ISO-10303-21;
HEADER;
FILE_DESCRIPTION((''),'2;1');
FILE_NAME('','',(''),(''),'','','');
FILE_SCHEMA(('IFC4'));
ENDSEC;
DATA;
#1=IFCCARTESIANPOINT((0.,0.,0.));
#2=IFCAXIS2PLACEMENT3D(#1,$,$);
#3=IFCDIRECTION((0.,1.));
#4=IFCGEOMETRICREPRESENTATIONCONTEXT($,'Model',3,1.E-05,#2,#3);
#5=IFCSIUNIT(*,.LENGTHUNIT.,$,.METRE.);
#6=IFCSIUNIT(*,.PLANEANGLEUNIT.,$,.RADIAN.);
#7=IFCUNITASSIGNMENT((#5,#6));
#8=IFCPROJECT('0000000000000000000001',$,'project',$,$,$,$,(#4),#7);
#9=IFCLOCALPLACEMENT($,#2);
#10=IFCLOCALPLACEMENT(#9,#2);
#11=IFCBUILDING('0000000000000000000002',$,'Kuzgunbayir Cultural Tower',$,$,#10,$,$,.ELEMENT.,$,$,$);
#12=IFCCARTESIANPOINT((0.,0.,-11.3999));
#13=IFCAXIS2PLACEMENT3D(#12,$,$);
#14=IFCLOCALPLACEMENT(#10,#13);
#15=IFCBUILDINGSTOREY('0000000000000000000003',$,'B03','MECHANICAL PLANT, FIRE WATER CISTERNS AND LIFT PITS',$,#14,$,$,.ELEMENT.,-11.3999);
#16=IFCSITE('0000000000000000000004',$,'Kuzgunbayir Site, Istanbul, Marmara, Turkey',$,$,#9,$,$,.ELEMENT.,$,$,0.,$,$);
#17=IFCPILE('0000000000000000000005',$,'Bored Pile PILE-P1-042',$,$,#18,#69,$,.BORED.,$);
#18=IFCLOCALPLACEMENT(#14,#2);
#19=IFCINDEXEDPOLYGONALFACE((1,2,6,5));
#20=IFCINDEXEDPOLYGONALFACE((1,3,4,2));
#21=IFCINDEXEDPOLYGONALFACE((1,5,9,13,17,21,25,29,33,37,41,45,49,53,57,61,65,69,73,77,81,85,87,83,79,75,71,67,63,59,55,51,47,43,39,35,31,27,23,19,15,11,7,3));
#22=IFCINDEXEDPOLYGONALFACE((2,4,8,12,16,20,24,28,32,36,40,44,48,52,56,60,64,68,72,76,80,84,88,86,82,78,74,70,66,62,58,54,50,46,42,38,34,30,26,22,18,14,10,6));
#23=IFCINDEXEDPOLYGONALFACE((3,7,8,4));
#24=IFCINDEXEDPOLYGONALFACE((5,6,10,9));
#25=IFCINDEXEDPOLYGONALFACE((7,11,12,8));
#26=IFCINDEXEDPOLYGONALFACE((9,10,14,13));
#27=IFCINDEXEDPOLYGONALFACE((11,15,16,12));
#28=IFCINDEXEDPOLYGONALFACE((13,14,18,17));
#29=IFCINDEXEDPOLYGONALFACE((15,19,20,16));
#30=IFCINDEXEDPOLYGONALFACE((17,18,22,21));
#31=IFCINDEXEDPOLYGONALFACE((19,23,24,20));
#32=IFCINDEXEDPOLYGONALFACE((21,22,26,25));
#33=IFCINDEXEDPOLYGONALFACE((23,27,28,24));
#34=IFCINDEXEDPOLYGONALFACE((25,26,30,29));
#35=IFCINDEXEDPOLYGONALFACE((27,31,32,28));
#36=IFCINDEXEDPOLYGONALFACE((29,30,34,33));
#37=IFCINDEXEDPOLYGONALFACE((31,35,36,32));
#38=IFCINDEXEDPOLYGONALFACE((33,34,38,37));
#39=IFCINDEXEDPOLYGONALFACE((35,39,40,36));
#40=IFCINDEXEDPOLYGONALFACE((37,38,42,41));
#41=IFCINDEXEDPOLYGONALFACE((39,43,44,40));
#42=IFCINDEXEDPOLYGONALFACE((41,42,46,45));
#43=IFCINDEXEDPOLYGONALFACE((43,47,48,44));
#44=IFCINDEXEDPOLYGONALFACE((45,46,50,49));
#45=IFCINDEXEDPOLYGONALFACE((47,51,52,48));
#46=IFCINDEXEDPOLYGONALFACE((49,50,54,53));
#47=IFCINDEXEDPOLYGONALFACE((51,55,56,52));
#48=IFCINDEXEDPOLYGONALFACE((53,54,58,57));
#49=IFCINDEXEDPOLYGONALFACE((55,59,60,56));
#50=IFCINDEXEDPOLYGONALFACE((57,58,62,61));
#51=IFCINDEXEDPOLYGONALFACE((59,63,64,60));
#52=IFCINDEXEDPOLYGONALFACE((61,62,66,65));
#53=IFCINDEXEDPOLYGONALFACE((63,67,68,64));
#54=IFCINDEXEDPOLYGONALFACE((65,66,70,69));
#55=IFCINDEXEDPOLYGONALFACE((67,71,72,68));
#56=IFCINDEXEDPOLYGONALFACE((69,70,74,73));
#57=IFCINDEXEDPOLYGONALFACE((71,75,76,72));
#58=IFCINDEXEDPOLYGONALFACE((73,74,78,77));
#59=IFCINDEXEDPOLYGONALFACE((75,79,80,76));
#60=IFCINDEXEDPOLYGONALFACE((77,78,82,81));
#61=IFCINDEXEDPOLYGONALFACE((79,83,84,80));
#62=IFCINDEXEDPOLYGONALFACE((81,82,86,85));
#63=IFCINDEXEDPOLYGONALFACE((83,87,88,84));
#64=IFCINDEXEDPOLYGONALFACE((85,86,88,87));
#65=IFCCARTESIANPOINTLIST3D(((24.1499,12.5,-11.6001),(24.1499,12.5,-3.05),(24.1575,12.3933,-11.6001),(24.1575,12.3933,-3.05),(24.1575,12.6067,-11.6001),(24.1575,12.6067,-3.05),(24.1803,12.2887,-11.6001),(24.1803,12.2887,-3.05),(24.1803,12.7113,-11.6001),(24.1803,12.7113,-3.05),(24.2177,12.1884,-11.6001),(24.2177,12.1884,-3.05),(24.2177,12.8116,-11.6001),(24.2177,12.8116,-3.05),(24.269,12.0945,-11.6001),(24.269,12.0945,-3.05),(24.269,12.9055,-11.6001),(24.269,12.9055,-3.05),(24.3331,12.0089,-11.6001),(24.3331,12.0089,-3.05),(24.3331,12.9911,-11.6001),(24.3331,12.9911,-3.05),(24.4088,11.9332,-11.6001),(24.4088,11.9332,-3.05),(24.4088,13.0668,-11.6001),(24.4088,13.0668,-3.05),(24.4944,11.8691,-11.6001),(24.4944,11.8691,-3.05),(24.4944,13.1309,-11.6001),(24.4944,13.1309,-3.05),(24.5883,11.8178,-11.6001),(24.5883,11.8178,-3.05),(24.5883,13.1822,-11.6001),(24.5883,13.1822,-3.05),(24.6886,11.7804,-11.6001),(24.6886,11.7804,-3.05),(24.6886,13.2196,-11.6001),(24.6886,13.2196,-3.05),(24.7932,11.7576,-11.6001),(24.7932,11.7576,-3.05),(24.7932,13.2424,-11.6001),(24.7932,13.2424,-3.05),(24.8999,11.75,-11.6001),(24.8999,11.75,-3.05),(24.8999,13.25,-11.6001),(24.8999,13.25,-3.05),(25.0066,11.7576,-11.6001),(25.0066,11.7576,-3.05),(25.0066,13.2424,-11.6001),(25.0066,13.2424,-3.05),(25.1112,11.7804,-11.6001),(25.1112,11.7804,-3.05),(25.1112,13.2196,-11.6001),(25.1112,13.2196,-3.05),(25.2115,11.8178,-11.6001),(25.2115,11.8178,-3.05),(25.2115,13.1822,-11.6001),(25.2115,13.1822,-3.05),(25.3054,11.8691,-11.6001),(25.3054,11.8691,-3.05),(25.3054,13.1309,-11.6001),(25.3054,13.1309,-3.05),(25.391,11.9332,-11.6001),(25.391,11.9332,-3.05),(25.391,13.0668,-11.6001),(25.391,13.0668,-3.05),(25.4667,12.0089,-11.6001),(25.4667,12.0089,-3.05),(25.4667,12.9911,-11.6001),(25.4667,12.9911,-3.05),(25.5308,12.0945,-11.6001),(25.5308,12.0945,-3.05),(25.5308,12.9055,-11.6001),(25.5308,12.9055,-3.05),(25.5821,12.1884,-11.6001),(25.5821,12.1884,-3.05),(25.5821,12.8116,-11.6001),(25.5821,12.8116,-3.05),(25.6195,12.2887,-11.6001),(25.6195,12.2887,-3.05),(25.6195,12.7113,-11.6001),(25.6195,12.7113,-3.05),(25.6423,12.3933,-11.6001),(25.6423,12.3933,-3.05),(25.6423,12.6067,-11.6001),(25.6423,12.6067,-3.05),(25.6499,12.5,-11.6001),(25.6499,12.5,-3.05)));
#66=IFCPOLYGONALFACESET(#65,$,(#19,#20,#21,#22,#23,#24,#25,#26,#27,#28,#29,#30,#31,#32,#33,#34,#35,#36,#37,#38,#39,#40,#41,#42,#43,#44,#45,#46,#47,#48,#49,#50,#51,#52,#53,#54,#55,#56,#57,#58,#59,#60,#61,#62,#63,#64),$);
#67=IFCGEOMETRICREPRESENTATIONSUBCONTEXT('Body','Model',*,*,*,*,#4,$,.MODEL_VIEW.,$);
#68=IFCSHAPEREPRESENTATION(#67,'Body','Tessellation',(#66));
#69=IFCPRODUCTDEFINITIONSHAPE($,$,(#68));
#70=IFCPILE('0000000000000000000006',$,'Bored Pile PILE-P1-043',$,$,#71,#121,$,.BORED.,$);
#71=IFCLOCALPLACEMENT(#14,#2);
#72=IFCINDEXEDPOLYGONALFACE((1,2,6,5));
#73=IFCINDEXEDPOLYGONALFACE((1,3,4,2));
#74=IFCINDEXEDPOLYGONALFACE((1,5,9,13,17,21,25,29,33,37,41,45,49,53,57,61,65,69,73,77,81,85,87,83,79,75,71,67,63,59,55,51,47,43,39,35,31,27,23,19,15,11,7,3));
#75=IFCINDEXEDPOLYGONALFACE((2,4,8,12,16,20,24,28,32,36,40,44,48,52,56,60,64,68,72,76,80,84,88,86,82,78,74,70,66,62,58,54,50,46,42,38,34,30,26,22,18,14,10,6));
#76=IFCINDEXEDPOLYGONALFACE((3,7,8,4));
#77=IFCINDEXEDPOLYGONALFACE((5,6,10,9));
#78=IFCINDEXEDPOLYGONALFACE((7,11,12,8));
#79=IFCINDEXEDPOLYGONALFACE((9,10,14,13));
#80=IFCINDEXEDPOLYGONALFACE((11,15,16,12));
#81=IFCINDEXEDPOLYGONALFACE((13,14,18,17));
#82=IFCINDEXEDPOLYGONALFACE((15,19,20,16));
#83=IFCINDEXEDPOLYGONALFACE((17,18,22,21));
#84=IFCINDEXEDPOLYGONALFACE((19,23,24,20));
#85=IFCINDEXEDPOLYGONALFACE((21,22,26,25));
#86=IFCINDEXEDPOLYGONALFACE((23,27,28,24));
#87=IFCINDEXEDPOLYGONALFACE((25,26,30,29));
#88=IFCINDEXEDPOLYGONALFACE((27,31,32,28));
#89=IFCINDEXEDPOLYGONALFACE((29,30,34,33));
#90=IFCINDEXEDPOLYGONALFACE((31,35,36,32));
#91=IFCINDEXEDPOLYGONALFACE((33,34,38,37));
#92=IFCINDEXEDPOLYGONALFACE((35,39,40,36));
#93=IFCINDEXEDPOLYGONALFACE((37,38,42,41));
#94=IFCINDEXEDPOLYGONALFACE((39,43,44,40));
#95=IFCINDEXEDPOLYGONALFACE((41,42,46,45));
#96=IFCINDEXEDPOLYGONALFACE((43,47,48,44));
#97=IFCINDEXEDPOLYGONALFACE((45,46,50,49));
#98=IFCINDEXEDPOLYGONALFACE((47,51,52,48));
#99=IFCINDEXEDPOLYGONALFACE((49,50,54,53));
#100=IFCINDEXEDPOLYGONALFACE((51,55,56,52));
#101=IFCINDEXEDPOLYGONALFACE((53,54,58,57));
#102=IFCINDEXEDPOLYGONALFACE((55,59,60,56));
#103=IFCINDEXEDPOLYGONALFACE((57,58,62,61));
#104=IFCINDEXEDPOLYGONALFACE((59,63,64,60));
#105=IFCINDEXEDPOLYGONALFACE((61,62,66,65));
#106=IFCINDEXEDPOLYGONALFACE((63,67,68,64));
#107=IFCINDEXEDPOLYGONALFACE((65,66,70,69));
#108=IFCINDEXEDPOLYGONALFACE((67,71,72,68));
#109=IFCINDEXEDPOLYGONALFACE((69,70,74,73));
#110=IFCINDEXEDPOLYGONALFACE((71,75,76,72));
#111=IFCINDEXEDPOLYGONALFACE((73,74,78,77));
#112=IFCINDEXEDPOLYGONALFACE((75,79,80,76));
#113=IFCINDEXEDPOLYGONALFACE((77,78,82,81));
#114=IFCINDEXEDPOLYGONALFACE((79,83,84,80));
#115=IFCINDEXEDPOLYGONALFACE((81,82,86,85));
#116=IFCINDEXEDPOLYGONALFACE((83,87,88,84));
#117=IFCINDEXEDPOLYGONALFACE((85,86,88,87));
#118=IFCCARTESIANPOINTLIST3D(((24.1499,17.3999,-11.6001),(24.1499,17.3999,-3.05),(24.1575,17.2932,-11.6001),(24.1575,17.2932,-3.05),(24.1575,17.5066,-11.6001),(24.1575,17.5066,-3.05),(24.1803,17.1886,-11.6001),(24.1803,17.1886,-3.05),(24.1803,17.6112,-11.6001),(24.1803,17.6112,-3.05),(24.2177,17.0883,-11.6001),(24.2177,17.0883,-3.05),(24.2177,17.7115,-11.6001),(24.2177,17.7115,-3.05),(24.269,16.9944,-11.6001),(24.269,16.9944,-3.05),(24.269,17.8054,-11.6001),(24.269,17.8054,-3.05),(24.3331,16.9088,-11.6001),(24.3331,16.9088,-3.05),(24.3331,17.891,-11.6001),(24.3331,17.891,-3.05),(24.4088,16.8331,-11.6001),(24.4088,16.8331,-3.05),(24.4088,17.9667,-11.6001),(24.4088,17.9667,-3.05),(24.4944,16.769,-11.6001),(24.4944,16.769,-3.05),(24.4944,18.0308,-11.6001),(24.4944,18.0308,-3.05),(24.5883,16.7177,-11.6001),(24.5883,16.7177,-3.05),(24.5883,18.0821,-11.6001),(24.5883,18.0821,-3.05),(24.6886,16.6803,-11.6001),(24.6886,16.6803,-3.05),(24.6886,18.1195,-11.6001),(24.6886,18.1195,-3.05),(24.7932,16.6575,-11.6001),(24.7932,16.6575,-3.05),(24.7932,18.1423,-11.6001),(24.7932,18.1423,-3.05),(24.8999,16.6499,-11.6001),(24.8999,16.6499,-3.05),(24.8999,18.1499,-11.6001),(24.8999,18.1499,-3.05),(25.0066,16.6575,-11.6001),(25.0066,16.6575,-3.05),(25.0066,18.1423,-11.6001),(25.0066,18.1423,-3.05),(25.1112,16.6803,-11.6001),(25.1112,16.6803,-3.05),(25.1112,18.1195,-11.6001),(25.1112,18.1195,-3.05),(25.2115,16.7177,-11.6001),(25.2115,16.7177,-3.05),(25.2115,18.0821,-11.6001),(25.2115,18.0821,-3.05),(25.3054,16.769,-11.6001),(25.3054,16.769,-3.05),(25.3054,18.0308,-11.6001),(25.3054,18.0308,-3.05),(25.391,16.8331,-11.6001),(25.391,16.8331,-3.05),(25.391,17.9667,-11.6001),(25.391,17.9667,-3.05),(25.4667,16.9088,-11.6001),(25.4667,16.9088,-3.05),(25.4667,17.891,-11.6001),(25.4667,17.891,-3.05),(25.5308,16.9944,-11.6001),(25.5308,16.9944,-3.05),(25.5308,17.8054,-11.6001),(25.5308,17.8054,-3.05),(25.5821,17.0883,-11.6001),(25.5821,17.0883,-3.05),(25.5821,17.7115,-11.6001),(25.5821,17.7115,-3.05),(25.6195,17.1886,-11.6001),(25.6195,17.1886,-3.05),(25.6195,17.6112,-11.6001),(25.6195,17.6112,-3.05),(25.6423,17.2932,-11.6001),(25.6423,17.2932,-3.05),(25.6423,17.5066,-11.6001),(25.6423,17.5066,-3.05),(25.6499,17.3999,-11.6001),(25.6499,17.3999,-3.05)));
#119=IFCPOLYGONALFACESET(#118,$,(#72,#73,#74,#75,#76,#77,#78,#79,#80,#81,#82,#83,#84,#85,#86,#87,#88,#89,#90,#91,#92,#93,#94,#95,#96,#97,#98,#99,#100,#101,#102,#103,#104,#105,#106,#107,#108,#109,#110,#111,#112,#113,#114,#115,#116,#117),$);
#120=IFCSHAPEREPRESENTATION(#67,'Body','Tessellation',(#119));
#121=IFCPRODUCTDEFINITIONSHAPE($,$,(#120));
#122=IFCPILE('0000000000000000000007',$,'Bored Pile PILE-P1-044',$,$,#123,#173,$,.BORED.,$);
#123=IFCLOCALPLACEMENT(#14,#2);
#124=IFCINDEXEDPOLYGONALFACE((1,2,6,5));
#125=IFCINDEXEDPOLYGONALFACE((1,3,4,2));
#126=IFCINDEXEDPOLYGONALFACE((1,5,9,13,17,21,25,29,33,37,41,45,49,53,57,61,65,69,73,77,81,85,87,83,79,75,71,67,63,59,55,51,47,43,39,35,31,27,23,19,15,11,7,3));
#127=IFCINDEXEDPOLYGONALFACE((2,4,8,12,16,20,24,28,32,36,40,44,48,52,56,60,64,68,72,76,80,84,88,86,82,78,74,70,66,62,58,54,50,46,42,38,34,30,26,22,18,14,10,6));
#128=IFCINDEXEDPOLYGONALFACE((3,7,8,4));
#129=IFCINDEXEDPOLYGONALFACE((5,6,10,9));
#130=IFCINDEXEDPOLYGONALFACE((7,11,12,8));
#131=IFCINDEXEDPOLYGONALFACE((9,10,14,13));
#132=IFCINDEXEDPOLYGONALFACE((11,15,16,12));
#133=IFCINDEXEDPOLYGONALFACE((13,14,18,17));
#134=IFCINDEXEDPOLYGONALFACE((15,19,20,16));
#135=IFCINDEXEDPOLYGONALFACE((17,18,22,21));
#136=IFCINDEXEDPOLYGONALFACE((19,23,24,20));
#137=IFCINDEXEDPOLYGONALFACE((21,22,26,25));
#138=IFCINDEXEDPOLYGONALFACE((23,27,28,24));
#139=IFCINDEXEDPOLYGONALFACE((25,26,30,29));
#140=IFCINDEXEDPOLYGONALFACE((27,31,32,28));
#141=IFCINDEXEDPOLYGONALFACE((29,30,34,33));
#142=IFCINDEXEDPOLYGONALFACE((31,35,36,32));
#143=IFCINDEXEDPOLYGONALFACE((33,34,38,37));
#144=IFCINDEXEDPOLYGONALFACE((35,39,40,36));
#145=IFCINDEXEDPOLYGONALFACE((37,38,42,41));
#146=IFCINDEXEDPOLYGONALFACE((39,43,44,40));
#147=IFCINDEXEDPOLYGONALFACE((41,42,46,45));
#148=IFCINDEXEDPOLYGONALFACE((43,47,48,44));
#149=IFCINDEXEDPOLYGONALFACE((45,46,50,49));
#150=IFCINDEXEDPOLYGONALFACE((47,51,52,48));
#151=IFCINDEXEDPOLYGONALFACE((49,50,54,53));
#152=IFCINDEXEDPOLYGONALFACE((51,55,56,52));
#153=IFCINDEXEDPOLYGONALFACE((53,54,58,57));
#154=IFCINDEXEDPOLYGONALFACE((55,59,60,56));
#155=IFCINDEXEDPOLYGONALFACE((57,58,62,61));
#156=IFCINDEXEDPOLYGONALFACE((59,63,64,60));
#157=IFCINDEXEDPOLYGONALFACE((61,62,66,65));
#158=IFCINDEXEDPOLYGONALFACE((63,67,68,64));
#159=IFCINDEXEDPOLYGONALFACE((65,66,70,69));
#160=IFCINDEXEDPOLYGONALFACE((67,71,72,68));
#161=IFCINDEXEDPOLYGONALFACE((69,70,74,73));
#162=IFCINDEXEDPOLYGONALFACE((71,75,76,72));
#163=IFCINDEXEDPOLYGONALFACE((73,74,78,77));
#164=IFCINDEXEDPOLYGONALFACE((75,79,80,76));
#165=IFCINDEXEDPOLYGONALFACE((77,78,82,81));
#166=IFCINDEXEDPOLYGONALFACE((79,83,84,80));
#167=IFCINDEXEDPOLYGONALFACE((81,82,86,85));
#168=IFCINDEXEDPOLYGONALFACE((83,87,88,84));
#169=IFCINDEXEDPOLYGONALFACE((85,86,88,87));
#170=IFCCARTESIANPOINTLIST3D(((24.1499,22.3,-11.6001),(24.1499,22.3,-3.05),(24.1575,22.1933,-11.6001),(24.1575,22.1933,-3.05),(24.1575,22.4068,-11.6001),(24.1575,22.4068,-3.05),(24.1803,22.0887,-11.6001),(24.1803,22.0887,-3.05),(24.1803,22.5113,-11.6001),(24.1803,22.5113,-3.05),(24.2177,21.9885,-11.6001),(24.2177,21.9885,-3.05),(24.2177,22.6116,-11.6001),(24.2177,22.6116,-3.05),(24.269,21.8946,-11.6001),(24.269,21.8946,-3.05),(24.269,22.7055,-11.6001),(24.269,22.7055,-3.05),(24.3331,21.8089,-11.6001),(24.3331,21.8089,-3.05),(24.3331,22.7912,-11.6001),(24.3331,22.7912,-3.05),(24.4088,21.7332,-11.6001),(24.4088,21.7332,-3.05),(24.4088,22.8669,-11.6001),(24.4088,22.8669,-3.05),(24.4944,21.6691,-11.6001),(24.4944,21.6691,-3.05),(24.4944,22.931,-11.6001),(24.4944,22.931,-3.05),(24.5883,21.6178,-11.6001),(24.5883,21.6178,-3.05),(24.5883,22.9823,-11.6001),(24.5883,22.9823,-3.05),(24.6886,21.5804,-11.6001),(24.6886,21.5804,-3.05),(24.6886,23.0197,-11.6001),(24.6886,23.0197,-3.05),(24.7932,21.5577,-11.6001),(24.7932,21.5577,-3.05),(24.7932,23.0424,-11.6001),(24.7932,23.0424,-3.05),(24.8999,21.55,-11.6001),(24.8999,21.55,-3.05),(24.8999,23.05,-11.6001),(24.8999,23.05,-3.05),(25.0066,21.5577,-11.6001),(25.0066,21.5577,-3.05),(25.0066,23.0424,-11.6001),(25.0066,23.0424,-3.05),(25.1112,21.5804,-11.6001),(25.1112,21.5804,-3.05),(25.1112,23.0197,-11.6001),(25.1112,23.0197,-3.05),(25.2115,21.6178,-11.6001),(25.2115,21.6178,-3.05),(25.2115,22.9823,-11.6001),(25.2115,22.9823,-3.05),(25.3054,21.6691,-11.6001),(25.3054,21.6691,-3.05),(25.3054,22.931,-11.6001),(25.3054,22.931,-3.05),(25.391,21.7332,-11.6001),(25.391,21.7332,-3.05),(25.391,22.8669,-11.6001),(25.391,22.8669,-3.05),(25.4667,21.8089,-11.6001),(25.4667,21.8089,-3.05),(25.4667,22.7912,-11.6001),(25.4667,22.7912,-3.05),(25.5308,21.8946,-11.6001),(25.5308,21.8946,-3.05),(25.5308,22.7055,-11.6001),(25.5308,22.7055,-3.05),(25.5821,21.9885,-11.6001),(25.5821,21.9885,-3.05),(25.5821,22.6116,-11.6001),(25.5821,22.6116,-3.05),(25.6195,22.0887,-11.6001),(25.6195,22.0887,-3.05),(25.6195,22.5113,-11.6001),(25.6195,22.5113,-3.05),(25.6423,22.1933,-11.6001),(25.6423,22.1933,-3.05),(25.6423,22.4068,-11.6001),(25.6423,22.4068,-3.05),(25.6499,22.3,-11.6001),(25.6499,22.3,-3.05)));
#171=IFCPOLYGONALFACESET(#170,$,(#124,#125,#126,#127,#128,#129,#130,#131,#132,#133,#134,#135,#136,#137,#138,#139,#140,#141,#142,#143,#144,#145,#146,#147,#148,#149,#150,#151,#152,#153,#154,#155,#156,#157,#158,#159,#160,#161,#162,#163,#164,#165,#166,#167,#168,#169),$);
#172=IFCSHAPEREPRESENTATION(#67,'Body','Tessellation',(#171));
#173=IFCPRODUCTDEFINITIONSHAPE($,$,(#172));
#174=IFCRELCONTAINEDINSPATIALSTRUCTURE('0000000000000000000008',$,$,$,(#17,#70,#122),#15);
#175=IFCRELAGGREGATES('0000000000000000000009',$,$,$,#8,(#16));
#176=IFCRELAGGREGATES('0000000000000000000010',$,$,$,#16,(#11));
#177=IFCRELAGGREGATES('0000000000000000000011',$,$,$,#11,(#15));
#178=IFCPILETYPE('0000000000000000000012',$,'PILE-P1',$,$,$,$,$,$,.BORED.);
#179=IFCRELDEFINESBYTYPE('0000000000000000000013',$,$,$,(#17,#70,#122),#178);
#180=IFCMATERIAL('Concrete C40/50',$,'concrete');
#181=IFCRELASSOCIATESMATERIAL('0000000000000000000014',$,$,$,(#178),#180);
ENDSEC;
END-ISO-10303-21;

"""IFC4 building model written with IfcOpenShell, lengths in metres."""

from ifc_helpers import new_model, si_unit, direction, frame, origin, origin_2d, place, context, subcontext, project, spatial, circle, extrude, material, material_profile, profile_set, type_object, element, save


model = new_model("IFC4")

# Units and contexts
model_context = context("Model", 3, precision=1e-05, world=origin(), true_north=direction((0.0, 1.0)))
body_context = subcontext(model_context, "Body", "Model", "MODEL_VIEW")
ifc_project = project(units=[si_unit("LENGTHUNIT", "METRE"), si_unit("PLANEANGLEUNIT", "RADIAN")], contexts=[model_context])

# Site, building, storey
site_placement = place(None, origin())
site = spatial("IfcSite", under=ifc_project, at=site_placement, Name="Kuzgunbayir Site, Istanbul, Marmara, Turkey", CompositionType="ELEMENT", RefElevation=0.0)
building_placement = place(site_placement, origin())
building = spatial("IfcBuilding", under=site, at=building_placement, Name="Kuzgunbayir Cultural Tower", CompositionType="ELEMENT")
storey_placement = place(building_placement, frame((0.0, 0.0, -11.3999)))
storey = spatial("IfcBuildingStorey", under=building, at=storey_placement, Name="B03", Description="MECHANICAL PLANT, FIRE WATER CISTERNS AND LIFT PITS", CompositionType="ELEMENT", Elevation=-11.3999)

# Piles
ifc_material_1 = material(Name="Concrete C40/50", Category="concrete")
ifc_material_profile_1 = material_profile(ifc_material_1, circle(Radius=0.75, at=origin_2d()), Name="BORED PILE 1500")
ifc_profile_set_1 = profile_set([ifc_material_profile_1], Name="Concrete C40/50")
pile_type_1 = type_object("IfcPileType", Name="PILE-P1", PredefinedType="BORED", material=ifc_profile_set_1)
for number, where, z_axis, x_axis, name in (
    (1, (24.8999, 12.5, -3.05), (0.0, 0.0, -1.0), (1.0, 0.0, 0.0), "Bored Pile PILE-P1-042"),
    (2, (24.8999, 17.3999, -3.05), (0.0, 0.0, -1.0), (1.0, 0.0, 0.0), "Bored Pile PILE-P1-043"),
    (3, (24.8999, 22.3, -3.05), (0.0, 0.0, -1.0), (1.0, 0.0, 0.0), "Bored Pile PILE-P1-044"),
):
    element("IfcPile", number, at=place(storey_placement, frame(where, z_axis=z_axis, x_axis=x_axis)), inside=storey, type_object=pile_type_1, Name=name, PredefinedType="BORED", context=body_context, shape_type="SweptSolid", body=[
        extrude(circle(Radius=0.75, at=origin_2d()), origin(), (0.0, 0.0, 1.0), 8.55),
    ])

save(model, "model.ifc")
